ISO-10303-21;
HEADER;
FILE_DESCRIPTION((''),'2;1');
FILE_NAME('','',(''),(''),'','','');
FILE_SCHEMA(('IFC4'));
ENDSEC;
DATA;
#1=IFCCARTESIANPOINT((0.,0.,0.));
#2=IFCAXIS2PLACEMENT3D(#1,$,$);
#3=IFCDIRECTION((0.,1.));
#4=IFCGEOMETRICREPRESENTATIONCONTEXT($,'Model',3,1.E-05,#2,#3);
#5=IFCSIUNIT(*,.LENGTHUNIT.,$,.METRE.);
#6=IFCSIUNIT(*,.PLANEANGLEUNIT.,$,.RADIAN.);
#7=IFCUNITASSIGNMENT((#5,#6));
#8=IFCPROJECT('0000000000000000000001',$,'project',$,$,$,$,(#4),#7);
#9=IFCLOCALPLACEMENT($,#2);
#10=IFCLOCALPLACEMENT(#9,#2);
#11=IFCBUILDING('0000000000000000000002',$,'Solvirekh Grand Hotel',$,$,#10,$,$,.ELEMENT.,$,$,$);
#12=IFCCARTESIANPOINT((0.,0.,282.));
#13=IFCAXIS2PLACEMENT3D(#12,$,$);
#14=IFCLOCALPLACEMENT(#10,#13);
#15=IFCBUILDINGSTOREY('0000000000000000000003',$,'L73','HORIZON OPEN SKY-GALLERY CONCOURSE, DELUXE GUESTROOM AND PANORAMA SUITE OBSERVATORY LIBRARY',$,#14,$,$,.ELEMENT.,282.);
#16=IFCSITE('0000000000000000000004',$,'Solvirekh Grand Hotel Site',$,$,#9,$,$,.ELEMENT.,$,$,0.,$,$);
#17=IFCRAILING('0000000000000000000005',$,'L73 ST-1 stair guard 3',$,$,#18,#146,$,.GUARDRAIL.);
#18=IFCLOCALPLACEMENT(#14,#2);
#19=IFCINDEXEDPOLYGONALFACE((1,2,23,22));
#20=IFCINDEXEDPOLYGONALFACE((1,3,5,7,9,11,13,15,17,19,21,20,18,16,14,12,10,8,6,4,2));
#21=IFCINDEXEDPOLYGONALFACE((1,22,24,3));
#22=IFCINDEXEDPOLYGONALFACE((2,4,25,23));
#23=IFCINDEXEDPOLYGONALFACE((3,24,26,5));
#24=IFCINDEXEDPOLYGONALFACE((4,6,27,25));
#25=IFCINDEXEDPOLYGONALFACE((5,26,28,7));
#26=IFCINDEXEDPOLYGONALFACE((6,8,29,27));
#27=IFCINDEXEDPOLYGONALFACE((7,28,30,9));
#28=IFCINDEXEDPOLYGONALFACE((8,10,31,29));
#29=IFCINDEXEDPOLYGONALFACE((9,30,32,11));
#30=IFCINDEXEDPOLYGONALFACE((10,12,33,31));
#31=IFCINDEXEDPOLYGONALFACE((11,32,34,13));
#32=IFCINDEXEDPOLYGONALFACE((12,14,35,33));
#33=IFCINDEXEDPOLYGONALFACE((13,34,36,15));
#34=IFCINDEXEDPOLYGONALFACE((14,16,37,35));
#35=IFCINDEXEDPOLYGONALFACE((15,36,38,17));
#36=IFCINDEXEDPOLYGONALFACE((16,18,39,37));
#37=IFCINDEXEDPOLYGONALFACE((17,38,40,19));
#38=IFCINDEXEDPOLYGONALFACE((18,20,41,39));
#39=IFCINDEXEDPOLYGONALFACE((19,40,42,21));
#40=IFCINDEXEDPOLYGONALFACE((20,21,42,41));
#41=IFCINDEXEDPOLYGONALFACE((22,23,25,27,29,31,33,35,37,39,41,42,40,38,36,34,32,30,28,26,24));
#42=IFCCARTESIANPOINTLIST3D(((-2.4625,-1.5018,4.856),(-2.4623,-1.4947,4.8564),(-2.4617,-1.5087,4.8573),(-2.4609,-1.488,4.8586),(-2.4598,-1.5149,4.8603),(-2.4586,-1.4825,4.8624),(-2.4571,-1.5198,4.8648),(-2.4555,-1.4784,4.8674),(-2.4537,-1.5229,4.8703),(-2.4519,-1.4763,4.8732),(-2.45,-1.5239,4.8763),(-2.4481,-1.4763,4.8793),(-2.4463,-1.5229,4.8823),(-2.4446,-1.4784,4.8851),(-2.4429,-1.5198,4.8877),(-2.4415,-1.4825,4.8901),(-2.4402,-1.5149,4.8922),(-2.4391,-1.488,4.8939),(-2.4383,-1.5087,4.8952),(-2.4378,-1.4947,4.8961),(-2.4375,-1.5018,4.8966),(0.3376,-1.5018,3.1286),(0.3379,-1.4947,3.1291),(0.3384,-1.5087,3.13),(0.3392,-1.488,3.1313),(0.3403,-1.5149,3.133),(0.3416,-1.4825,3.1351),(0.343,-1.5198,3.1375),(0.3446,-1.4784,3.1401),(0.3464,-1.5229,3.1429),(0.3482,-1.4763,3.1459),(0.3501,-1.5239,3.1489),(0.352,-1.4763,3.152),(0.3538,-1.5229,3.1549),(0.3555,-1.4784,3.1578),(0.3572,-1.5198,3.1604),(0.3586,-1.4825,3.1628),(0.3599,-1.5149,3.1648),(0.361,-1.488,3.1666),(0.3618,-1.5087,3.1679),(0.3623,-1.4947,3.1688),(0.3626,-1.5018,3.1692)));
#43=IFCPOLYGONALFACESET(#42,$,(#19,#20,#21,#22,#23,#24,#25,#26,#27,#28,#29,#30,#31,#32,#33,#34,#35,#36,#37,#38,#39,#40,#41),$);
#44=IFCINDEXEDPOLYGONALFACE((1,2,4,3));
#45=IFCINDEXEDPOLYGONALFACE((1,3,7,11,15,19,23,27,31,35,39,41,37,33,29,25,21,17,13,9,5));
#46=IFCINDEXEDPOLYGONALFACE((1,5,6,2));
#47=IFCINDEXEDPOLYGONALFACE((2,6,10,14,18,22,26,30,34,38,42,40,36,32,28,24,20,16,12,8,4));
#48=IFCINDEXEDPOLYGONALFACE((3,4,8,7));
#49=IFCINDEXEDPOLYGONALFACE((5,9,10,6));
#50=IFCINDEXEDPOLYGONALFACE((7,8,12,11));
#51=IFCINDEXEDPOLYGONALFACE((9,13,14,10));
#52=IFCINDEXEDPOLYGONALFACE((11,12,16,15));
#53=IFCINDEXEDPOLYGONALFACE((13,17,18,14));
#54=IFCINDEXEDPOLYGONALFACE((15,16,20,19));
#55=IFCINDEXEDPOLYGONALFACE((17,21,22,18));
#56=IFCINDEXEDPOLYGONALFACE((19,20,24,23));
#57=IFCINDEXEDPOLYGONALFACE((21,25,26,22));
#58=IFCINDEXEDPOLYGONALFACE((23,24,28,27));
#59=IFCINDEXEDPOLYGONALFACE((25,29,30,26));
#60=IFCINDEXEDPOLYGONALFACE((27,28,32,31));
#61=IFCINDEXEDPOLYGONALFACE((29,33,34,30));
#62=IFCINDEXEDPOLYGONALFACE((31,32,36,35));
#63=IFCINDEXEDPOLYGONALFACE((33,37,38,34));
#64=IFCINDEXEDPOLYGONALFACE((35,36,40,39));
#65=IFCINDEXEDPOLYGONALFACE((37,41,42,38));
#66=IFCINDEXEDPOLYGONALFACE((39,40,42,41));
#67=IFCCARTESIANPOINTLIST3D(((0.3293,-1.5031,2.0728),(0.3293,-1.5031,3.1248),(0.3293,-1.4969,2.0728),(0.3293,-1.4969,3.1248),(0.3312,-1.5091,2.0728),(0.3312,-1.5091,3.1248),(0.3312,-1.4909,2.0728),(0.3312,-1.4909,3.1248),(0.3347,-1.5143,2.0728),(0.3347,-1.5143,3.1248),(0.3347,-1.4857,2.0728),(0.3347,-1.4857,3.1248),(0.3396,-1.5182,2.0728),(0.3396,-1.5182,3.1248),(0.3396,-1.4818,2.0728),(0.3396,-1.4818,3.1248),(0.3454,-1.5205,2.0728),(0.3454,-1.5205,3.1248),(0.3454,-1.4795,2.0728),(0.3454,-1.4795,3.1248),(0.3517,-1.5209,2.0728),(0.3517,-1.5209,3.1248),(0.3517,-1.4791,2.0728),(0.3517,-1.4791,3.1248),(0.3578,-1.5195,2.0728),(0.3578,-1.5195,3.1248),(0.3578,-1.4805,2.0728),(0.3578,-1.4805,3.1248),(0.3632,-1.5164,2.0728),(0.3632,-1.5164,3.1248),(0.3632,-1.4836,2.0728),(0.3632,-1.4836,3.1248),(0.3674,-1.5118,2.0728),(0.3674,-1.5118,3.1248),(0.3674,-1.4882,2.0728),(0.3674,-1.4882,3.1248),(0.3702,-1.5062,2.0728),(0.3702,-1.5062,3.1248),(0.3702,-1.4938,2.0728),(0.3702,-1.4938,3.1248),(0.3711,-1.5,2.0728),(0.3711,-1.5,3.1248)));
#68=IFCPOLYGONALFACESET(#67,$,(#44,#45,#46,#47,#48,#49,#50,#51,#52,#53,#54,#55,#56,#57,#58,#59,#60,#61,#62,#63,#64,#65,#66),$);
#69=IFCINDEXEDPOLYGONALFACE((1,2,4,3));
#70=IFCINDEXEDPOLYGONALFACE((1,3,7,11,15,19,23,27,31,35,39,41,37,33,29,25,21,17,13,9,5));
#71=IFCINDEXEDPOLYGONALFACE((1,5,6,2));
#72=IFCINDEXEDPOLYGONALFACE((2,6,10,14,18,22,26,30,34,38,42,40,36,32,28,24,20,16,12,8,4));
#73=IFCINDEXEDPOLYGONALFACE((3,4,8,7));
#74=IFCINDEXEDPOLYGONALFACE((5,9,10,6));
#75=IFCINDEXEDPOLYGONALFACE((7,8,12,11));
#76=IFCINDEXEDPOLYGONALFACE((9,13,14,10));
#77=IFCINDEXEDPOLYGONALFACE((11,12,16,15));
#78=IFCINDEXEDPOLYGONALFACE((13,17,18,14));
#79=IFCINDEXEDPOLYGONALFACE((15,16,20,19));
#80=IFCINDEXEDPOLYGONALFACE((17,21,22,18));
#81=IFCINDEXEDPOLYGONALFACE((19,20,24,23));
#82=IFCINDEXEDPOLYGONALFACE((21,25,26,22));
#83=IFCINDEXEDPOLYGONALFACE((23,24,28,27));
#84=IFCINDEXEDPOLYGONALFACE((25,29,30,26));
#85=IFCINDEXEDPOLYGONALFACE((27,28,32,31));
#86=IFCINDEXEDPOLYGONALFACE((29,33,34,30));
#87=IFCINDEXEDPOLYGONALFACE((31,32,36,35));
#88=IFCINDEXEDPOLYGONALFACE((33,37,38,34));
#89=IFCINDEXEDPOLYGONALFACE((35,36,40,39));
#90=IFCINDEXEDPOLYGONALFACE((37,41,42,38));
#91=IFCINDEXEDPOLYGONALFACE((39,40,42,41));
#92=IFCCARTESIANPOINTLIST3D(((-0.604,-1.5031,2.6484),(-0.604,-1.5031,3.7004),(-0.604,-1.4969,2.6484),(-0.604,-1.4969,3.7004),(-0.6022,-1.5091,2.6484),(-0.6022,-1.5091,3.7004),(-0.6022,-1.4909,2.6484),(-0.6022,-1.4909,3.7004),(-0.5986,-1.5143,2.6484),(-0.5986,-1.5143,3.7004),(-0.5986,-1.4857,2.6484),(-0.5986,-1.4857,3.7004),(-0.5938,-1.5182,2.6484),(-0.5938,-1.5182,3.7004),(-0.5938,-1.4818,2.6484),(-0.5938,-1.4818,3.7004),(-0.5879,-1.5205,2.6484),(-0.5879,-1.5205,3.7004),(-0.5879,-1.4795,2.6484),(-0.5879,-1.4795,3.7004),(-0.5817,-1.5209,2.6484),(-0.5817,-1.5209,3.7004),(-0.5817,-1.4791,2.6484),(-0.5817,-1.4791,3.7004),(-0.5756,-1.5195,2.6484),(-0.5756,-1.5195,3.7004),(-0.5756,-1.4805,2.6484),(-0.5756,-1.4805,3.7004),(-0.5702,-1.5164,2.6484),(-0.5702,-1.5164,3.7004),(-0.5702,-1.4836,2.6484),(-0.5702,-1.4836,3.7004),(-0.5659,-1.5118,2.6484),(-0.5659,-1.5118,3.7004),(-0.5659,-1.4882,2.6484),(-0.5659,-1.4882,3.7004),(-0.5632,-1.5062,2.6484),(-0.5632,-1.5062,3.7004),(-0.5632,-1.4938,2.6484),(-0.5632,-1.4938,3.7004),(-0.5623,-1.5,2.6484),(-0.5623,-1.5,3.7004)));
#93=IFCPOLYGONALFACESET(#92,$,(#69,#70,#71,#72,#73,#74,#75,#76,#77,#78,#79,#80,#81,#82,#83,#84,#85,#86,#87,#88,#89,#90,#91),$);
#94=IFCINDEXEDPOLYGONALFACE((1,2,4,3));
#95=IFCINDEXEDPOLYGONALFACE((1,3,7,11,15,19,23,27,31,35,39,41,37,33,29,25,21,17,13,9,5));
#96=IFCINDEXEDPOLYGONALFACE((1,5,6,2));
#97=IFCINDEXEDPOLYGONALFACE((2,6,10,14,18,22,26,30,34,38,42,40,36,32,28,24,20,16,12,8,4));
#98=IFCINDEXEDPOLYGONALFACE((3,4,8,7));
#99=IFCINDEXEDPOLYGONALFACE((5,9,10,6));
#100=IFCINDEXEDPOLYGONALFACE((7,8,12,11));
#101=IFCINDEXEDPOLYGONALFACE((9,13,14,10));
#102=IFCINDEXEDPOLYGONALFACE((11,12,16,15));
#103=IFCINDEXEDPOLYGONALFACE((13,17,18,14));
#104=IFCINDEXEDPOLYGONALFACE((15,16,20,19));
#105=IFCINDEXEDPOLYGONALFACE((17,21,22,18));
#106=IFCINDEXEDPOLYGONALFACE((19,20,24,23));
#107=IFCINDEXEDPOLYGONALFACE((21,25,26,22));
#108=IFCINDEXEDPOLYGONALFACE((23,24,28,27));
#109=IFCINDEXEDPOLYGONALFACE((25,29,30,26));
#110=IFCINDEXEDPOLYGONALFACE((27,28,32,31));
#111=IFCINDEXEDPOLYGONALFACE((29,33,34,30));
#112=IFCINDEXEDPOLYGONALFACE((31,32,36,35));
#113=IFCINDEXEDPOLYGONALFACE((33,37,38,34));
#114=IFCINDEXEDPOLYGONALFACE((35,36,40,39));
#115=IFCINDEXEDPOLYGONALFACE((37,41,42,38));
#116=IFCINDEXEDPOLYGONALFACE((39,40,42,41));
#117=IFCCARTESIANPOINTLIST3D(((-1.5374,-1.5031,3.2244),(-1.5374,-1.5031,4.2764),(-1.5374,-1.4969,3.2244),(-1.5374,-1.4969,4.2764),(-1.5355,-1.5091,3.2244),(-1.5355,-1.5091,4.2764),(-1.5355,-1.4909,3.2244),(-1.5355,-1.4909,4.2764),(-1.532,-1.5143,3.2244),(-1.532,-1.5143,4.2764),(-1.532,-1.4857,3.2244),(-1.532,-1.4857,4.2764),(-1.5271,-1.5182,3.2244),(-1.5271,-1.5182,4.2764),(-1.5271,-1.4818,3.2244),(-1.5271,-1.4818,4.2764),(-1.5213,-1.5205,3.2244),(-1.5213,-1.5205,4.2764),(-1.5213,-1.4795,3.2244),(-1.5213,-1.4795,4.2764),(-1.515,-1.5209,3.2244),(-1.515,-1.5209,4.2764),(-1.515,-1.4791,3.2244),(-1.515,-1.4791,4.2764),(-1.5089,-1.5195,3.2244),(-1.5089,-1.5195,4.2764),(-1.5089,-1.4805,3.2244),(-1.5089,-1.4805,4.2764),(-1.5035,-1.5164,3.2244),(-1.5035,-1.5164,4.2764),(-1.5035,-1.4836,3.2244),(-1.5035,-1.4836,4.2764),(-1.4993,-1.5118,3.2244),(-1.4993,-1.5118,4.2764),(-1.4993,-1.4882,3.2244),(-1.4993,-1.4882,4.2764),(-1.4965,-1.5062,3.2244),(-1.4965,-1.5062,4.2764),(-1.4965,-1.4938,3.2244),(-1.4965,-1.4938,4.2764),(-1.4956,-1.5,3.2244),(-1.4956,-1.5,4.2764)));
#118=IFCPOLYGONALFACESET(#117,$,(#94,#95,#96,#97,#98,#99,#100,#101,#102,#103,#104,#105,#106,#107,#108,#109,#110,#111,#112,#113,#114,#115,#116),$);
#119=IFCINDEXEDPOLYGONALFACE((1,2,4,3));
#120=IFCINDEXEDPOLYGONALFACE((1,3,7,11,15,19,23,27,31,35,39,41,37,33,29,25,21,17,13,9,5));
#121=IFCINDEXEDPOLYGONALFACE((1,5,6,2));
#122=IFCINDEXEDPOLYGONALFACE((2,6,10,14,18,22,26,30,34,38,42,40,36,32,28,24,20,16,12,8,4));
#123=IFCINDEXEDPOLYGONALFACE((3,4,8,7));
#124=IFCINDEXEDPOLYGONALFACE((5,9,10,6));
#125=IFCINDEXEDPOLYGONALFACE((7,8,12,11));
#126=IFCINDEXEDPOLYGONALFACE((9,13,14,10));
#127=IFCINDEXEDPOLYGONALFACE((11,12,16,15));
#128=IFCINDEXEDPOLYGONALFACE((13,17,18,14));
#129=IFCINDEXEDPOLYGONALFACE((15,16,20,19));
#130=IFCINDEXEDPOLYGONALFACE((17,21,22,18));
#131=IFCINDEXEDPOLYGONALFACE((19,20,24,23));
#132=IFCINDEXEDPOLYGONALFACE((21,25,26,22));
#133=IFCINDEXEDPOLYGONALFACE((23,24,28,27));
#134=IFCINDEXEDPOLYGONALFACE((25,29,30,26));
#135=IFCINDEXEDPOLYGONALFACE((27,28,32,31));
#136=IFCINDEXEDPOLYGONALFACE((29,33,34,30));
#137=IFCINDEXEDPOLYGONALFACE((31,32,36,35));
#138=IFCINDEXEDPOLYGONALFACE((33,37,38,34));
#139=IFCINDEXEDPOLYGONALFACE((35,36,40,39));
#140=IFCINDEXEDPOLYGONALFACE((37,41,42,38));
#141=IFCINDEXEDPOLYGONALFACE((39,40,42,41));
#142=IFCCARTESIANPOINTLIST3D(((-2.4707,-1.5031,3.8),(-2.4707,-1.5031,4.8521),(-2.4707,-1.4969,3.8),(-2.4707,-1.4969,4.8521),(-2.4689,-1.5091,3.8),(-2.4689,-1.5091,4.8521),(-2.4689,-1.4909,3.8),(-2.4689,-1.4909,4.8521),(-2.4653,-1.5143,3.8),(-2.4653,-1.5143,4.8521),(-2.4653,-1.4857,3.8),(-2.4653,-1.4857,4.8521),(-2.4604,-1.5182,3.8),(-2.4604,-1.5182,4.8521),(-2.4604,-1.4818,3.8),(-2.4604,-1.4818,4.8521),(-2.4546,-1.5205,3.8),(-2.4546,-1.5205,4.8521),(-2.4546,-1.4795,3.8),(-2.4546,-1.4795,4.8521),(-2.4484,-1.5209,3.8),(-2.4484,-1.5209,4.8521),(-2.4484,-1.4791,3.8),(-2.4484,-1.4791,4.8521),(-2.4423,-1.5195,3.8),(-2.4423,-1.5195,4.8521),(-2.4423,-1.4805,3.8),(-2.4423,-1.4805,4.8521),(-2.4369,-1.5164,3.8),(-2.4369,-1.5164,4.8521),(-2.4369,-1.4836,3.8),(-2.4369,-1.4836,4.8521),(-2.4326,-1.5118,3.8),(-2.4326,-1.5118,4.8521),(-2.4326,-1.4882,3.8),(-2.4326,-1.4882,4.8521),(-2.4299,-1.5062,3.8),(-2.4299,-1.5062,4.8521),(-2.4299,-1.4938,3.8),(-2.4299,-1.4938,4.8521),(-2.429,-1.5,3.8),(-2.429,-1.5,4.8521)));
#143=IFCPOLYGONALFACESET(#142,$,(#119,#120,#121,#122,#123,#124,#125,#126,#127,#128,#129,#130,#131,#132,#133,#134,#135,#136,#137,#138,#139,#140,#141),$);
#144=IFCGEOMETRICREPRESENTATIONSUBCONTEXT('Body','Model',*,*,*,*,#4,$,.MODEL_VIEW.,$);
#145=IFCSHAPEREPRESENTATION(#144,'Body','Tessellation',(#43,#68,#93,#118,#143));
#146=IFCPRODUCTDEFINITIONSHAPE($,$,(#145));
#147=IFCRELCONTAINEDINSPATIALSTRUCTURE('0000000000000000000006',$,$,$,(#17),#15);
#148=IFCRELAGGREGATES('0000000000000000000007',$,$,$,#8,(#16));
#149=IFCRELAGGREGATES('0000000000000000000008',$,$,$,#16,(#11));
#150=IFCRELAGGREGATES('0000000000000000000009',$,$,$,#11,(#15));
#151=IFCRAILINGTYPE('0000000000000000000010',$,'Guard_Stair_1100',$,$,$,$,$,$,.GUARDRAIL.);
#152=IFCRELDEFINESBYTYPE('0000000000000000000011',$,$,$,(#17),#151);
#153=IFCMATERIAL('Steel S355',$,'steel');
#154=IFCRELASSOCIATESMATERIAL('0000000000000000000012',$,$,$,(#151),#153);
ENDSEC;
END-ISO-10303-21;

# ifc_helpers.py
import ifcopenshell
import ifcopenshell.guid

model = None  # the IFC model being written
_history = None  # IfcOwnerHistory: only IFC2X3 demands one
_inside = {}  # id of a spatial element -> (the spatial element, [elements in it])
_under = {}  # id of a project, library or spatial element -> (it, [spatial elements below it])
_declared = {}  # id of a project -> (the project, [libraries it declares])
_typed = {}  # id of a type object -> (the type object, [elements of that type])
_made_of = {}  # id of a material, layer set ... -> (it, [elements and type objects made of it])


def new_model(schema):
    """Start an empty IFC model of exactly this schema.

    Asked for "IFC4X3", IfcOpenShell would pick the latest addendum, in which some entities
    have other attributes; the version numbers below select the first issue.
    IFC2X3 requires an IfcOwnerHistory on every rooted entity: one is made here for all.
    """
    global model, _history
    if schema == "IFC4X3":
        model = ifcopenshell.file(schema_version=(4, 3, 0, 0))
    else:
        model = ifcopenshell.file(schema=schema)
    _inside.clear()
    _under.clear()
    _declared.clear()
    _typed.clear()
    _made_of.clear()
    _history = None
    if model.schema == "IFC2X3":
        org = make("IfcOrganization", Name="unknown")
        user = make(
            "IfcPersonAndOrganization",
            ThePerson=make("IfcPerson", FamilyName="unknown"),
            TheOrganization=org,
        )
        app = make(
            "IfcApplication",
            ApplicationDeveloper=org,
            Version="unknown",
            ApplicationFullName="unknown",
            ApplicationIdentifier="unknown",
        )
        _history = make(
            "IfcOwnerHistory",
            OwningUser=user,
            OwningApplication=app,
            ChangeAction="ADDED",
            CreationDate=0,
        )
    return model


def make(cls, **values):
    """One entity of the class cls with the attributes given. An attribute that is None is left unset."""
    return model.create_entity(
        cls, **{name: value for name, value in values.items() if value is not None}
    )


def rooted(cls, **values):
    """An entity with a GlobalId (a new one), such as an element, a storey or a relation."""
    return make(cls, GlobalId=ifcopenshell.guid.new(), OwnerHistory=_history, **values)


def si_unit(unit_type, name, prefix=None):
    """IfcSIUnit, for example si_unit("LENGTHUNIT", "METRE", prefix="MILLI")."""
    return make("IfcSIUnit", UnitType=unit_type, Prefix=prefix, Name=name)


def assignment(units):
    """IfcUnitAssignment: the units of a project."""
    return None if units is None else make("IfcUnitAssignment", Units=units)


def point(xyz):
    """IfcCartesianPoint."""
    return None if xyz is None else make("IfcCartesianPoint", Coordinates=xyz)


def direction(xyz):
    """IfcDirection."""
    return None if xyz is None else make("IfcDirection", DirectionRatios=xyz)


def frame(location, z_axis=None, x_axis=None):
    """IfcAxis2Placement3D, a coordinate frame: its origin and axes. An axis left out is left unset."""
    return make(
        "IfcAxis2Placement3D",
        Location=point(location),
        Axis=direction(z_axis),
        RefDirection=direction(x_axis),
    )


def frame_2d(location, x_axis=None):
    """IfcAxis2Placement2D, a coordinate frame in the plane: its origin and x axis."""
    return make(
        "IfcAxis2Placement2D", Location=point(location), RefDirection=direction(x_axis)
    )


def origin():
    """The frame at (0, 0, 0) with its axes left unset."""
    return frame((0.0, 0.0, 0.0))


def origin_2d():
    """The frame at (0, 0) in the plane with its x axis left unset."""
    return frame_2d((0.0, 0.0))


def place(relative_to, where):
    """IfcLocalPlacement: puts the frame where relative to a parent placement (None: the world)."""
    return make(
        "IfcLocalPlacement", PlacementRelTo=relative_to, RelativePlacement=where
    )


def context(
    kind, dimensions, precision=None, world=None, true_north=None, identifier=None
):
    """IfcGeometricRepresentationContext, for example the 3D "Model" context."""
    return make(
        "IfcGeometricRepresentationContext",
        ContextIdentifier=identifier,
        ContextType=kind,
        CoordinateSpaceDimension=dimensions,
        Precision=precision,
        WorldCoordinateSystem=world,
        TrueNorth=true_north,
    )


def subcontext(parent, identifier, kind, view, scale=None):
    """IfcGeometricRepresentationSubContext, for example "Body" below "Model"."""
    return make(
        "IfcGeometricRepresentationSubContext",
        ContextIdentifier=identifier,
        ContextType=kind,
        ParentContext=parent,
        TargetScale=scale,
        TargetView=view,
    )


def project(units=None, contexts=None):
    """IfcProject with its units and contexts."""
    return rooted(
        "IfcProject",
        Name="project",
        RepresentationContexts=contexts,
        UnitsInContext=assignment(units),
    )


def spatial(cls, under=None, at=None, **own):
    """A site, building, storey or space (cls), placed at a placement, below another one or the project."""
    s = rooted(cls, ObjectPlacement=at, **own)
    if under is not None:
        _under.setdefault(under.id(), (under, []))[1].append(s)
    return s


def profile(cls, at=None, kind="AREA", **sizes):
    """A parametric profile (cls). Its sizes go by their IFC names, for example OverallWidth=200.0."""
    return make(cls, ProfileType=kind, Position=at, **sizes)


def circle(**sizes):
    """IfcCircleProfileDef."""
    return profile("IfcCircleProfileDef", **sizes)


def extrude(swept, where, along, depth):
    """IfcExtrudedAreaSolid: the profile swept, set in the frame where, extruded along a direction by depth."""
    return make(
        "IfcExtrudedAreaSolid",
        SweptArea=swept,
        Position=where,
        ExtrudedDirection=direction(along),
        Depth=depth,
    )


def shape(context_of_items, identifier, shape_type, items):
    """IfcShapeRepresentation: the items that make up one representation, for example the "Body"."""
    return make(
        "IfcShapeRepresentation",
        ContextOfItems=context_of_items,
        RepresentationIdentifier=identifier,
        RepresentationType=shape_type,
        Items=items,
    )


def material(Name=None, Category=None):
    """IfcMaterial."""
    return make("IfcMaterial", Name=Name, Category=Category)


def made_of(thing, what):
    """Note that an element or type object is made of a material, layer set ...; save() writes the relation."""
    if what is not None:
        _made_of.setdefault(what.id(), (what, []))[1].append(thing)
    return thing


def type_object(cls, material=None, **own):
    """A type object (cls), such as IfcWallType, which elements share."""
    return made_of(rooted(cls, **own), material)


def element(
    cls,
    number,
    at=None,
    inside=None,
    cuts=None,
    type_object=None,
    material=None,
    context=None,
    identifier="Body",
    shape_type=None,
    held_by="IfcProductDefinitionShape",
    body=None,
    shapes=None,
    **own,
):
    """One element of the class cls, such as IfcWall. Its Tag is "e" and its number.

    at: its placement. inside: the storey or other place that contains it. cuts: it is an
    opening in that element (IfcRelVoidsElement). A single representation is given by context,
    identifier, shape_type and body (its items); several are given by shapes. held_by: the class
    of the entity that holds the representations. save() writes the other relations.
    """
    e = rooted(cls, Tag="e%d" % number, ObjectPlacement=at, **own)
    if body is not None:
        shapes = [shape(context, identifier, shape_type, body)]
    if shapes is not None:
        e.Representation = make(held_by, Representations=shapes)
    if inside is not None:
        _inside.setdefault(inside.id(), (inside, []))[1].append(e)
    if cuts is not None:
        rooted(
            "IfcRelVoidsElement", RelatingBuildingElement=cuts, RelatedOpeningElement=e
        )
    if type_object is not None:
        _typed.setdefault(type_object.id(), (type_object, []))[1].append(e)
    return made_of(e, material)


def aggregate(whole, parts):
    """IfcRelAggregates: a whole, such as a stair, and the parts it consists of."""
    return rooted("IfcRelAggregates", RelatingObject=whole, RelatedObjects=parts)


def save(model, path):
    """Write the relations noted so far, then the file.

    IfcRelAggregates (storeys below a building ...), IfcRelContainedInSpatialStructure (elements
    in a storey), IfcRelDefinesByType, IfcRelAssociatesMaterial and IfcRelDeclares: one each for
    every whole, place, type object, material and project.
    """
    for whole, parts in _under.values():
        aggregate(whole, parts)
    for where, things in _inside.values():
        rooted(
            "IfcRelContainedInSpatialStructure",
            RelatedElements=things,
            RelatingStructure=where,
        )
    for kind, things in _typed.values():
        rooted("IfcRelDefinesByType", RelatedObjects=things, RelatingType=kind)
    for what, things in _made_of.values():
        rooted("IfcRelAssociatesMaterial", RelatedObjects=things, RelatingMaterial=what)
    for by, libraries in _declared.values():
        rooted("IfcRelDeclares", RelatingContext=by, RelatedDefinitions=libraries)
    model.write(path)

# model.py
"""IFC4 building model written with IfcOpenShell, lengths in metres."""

from ifc_helpers import new_model, si_unit, direction, frame, origin, origin_2d, place, context, subcontext, project, spatial, circle, extrude, material, type_object, element, save


model = new_model("IFC4")

# Units and contexts
model_context = context("Model", 3, precision=1e-05, world=origin(), true_north=direction((0.0, 1.0)))
body_context = subcontext(model_context, "Body", "Model", "MODEL_VIEW")
ifc_project = project(units=[si_unit("LENGTHUNIT", "METRE"), si_unit("PLANEANGLEUNIT", "RADIAN")], contexts=[model_context])

# Site, building, storey
site_placement = place(None, origin())
site = spatial("IfcSite", under=ifc_project, at=site_placement, Name="Solvirekh Grand Hotel Site", CompositionType="ELEMENT", RefElevation=0.0)
building_placement = place(site_placement, origin())
building = spatial("IfcBuilding", under=site, at=building_placement, Name="Solvirekh Grand Hotel", CompositionType="ELEMENT")
storey_placement = place(building_placement, frame((0.0, 0.0, 282.0)))
storey = spatial("IfcBuildingStorey", under=building, at=storey_placement, Name="L73", Description="HORIZON OPEN SKY-GALLERY CONCOURSE, DELUXE GUESTROOM AND PANORAMA SUITE OBSERVATORY LIBRARY", CompositionType="ELEMENT", Elevation=282.0)

# Railing
ifc_material_1 = material(Name="Steel S355", Category="steel")
railing_type_1 = type_object("IfcRailingType", Name="Guard_Stair_1100", PredefinedType="GUARDRAIL", material=ifc_material_1)
railing_1_placement = place(storey_placement, frame((0.3501, -1.5, 2.0728)))
element("IfcRailing", 1, at=railing_1_placement, inside=storey, type_object=railing_type_1, Name="L73 ST-1 stair guard 3", PredefinedType="GUARDRAIL", context=body_context, shape_type="SweptSolid", body=[
    extrude(circle(Radius=0.0239, at=origin_2d()), frame((0.0, 0.0, 1.0762), z_axis=(-0.85109, 0.0, 0.52502), x_axis=(0.0, -1.0, 0.0)), (0.0, 0.0, 1.0), 3.29),
    extrude(circle(Radius=0.021, at=origin_2d()), origin(), (0.0, 0.0, 1.0), 1.052),
    extrude(circle(Radius=0.021, at=origin_2d()), frame((-0.9333, 0.0, 0.5757)), (0.0, 0.0, 1.0), 1.052),
    extrude(circle(Radius=0.021, at=origin_2d()), frame((-1.8667, 0.0, 1.1516)), (0.0, 0.0, 1.0), 1.052),
    extrude(circle(Radius=0.021, at=origin_2d()), frame((-2.8, 0.0, 1.7273)), (0.0, 0.0, 1.0), 1.052),
])

save(model, "model.ifc")
